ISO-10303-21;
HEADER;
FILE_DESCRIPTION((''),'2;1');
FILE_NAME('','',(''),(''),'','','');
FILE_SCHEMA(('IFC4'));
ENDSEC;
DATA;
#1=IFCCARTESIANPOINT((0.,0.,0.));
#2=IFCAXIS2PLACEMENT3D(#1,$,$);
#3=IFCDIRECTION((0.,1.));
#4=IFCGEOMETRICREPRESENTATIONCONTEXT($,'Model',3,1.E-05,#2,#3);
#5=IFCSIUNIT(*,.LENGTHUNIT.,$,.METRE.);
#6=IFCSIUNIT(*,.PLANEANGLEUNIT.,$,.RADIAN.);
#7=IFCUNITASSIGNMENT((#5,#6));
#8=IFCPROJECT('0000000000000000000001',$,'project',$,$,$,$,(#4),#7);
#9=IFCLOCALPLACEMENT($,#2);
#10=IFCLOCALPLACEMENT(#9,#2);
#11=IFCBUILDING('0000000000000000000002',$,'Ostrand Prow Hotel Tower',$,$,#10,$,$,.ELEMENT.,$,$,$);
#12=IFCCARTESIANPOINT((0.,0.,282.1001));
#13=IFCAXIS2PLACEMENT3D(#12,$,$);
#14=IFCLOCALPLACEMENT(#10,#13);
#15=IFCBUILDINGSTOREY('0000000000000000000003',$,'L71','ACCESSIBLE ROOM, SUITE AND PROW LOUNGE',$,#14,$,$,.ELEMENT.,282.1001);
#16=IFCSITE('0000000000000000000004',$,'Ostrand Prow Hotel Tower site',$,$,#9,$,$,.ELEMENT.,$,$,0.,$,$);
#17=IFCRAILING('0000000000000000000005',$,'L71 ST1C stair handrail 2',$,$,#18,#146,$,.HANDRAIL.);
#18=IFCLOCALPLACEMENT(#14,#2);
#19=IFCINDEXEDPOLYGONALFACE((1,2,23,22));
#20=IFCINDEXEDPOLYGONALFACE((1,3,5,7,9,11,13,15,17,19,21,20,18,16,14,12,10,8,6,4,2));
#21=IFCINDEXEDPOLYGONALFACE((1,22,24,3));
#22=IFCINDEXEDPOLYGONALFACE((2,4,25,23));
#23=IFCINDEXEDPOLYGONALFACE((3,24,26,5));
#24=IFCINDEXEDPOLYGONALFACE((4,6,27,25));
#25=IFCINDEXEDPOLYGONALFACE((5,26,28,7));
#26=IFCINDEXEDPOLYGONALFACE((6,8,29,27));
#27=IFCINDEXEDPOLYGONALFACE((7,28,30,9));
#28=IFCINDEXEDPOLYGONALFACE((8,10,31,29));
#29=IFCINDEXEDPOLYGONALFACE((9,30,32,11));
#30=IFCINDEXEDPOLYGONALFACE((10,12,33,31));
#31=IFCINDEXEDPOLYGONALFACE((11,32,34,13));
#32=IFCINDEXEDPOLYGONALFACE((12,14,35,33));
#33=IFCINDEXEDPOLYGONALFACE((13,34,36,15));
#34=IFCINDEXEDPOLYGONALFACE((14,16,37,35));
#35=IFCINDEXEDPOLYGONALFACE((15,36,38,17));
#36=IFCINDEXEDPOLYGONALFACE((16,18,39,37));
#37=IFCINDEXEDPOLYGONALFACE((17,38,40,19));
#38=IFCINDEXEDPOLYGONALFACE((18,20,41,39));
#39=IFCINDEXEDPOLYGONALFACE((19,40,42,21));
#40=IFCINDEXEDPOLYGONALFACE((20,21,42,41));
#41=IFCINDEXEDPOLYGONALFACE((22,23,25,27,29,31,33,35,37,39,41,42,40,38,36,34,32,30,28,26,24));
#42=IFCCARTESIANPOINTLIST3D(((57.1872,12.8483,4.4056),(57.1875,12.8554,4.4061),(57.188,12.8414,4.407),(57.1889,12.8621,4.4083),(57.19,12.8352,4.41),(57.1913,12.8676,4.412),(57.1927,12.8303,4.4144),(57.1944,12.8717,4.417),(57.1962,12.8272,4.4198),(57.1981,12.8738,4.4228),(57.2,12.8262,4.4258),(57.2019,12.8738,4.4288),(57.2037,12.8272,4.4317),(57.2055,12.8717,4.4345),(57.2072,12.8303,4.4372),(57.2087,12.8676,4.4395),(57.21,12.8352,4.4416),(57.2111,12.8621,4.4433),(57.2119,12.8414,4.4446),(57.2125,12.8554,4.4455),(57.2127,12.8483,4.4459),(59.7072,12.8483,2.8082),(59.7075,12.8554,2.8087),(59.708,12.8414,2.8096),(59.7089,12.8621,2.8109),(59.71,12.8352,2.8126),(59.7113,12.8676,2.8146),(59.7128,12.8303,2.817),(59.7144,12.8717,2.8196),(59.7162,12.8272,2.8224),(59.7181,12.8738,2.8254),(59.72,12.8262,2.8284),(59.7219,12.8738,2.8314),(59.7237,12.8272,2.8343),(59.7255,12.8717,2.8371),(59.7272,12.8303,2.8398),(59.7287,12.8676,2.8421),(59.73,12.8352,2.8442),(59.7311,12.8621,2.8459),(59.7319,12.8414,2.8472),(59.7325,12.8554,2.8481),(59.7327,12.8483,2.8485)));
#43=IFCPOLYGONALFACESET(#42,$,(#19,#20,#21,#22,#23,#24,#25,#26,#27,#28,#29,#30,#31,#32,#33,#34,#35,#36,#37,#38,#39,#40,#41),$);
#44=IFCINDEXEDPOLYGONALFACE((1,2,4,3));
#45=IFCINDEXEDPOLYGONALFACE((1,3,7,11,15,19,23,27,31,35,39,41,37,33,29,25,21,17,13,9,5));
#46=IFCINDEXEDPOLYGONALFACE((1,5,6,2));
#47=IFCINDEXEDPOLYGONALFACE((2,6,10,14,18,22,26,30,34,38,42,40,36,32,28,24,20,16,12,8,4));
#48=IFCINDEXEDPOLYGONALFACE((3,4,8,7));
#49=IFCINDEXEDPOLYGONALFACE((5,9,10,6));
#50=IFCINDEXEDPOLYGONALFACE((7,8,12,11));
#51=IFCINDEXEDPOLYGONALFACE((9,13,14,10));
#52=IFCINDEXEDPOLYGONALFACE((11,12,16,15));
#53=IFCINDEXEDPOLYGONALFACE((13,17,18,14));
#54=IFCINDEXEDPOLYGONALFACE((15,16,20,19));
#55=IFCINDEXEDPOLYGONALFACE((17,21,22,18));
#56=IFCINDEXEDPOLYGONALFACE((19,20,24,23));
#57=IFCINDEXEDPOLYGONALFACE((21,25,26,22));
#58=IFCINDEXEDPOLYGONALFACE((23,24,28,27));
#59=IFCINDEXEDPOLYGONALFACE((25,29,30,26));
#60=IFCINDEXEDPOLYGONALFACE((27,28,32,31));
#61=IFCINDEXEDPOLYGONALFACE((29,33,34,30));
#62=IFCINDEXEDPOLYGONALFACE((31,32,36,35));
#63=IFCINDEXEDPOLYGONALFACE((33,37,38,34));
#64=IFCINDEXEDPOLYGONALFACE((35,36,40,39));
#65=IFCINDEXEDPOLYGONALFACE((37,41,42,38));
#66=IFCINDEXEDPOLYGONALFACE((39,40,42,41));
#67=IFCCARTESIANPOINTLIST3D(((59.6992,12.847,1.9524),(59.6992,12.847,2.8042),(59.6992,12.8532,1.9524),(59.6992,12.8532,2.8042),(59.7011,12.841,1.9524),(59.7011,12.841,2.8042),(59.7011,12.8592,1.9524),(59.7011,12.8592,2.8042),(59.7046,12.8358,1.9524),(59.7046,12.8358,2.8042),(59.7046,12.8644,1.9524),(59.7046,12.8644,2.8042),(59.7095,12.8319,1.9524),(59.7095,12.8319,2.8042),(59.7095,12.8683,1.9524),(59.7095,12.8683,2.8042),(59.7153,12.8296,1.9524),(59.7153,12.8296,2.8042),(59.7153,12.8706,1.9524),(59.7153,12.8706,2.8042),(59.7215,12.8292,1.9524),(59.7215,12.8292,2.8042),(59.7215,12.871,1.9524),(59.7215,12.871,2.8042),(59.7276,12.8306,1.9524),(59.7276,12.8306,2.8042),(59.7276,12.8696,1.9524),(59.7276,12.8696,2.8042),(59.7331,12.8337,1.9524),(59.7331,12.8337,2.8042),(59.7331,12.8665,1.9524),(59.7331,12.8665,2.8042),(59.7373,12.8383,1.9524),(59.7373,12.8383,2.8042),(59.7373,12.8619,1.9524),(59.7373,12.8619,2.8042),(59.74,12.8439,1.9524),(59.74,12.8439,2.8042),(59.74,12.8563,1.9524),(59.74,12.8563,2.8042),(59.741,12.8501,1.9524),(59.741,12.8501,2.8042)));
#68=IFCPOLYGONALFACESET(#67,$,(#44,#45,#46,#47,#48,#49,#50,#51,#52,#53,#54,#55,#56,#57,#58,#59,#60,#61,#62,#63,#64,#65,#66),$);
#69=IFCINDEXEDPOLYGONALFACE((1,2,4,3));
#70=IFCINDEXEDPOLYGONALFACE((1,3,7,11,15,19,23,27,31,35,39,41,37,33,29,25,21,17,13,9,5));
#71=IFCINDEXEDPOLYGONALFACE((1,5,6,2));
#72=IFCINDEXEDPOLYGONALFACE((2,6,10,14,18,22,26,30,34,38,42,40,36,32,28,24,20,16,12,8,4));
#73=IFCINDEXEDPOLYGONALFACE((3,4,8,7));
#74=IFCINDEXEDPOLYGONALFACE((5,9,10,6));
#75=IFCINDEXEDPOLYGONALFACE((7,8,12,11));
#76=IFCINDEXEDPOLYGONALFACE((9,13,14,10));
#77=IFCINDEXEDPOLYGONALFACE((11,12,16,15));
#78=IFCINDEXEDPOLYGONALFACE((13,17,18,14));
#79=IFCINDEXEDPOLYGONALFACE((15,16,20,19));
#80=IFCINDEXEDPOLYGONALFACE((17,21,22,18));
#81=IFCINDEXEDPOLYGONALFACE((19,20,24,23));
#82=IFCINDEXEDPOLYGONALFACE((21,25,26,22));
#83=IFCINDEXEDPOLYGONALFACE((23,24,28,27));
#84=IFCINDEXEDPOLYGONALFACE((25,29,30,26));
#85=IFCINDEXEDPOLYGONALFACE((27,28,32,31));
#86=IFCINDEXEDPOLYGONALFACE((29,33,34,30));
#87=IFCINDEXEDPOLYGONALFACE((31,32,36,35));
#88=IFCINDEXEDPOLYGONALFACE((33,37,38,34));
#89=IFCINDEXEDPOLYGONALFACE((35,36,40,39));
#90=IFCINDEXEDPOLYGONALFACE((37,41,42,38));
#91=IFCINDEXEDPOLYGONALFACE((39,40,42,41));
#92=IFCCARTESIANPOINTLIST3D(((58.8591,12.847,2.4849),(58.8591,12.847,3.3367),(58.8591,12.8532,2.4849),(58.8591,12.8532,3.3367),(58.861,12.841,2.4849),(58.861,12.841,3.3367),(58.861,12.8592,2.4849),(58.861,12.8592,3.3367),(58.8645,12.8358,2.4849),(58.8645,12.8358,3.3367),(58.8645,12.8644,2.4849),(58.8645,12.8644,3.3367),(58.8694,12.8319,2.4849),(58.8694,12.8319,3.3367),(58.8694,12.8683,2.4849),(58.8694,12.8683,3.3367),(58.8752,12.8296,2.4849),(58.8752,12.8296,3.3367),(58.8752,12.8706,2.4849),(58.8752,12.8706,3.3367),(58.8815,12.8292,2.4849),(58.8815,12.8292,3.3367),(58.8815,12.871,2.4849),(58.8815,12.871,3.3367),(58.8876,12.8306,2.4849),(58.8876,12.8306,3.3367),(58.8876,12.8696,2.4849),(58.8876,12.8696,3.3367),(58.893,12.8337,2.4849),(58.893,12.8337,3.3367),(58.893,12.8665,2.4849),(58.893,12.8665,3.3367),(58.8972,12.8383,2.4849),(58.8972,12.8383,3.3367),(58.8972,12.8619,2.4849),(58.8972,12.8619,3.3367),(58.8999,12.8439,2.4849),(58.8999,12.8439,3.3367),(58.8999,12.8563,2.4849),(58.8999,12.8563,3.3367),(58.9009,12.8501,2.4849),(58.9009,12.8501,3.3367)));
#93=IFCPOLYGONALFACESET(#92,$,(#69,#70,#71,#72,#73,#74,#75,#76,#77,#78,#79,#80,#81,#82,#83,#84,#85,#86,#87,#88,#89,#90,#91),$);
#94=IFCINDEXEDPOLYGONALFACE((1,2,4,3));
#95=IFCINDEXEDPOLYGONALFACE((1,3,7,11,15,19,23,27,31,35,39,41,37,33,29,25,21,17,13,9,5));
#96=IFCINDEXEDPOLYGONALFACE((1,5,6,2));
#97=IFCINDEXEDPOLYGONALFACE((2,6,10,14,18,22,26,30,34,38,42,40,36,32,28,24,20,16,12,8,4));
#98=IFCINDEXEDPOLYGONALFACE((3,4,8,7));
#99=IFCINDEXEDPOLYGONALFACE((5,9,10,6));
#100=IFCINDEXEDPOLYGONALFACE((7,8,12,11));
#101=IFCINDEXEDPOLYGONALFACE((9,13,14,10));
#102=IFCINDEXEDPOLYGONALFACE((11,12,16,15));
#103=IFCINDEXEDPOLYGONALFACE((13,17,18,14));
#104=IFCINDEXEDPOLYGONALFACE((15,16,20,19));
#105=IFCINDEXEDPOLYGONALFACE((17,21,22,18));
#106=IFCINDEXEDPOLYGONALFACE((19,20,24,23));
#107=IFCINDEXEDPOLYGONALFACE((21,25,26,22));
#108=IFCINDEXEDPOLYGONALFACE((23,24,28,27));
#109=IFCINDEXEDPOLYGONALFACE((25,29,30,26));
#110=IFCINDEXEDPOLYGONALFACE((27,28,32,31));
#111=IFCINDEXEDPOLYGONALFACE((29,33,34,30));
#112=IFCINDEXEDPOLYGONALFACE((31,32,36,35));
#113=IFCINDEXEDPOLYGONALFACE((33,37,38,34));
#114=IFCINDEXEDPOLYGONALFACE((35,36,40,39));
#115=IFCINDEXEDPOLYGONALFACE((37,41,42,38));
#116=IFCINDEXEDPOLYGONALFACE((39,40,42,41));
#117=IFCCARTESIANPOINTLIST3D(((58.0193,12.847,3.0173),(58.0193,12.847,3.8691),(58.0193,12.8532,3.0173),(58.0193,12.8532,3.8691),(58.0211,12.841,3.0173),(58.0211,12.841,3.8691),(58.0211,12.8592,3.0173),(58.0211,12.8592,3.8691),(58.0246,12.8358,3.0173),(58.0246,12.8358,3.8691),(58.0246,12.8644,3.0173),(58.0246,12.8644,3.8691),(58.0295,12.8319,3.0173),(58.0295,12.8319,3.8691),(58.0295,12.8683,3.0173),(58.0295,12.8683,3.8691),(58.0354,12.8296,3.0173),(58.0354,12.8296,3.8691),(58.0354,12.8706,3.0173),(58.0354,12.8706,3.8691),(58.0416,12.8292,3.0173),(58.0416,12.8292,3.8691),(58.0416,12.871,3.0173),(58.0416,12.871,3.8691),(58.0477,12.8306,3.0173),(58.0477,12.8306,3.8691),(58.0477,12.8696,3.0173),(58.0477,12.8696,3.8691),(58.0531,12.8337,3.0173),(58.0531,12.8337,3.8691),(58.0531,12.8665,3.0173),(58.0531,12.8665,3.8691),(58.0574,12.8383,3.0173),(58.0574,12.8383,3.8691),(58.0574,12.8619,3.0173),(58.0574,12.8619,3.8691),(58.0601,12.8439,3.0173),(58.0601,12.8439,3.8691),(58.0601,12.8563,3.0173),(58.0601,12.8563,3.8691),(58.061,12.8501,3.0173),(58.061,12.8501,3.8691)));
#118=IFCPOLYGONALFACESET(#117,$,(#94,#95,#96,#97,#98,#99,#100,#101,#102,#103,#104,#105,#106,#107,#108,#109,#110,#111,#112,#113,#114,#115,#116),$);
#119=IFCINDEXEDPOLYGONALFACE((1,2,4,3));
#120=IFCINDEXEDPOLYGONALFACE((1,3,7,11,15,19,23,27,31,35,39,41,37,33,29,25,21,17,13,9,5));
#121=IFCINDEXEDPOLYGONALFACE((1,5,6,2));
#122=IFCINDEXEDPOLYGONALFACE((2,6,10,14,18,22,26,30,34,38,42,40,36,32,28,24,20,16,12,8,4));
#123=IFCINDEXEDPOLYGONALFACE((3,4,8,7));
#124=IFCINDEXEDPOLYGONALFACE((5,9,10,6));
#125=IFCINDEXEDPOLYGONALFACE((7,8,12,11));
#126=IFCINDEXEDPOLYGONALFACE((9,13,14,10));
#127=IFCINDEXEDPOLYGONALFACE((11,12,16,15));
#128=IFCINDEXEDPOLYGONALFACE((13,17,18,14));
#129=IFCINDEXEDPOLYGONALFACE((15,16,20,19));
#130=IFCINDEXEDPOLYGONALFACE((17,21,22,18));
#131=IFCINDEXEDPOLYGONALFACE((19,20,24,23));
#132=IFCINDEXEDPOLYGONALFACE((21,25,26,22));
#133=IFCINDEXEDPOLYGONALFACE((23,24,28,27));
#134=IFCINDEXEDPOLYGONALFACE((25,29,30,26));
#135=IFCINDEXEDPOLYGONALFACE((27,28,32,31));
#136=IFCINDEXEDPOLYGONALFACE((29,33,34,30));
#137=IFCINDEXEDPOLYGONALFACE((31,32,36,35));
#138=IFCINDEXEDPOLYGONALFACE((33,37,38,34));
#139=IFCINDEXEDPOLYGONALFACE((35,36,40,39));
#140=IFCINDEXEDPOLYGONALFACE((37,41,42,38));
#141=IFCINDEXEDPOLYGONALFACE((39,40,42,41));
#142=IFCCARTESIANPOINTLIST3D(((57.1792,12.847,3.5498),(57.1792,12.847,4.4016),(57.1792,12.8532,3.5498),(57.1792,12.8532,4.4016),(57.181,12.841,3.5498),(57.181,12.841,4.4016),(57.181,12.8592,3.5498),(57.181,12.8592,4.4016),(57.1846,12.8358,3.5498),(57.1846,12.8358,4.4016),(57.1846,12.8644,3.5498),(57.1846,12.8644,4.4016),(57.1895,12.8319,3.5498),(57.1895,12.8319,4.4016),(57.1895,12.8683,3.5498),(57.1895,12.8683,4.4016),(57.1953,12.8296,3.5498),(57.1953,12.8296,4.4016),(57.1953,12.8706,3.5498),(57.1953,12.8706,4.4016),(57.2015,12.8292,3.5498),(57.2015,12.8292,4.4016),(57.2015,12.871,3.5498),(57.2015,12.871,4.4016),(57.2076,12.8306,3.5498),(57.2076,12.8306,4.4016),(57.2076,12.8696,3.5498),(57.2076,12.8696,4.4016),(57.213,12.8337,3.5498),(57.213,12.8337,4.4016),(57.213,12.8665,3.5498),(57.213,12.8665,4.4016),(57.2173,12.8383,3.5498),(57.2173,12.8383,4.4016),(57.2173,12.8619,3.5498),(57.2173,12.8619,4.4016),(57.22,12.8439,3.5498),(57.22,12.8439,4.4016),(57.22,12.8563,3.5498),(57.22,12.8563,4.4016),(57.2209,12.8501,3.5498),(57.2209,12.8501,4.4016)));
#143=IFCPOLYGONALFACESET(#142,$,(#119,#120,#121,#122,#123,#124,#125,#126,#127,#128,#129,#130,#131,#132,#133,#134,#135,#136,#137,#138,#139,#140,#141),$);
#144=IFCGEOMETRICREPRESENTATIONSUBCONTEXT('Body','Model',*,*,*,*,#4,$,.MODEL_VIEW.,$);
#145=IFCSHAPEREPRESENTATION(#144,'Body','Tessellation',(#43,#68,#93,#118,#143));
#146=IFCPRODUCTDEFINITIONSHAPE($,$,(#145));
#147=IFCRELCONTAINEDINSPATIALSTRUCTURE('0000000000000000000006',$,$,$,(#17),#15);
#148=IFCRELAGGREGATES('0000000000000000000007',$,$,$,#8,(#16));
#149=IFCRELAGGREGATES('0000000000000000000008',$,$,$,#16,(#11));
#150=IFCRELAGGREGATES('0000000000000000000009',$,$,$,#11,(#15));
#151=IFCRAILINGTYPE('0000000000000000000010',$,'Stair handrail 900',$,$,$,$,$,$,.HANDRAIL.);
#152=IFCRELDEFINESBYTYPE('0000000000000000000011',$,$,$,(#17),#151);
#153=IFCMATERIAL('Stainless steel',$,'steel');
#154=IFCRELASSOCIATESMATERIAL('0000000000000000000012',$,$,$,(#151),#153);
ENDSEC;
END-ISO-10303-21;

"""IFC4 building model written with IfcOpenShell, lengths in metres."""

from ifc_helpers import new_model, si_unit, direction, frame, origin, origin_2d, place, context, subcontext, project, spatial, circle, extrude, material, type_object, element, save


model = new_model("IFC4")

# Units and contexts
model_context = context("Model", 3, precision=1e-05, world=origin(), true_north=direction((0.0, 1.0)))
body_context = subcontext(model_context, "Body", "Model", "MODEL_VIEW")
ifc_project = project(units=[si_unit("LENGTHUNIT", "METRE"), si_unit("PLANEANGLEUNIT", "RADIAN")], contexts=[model_context])

# Site, building, storey
site_placement = place(None, origin())
site = spatial("IfcSite", under=ifc_project, at=site_placement, Name="Ostrand Prow Hotel Tower site", CompositionType="ELEMENT", RefElevation=0.0)
building_placement = place(site_placement, origin())
building = spatial("IfcBuilding", under=site, at=building_placement, Name="Ostrand Prow Hotel Tower", CompositionType="ELEMENT")
storey_placement = place(building_placement, frame((0.0, 0.0, 282.1001)))
storey = spatial("IfcBuildingStorey", under=building, at=storey_placement, Name="L71", Description="ACCESSIBLE ROOM, SUITE AND PROW LOUNGE", CompositionType="ELEMENT", Elevation=282.1001)

# Railing
ifc_material_1 = material(Name="Stainless steel", Category="steel")
railing_type_1 = type_object("IfcRailingType", Name="Stair handrail 900", PredefinedType="HANDRAIL", material=ifc_material_1)
railing_1_placement = place(storey_placement, frame((59.72, 12.8501, 1.9524)))
element("IfcRailing", 1, at=railing_1_placement, inside=storey, type_object=railing_type_1, Name="L71 ST1C stair handrail 2", PredefinedType="HANDRAIL", context=body_context, shape_type="SweptSolid", body=[
    extrude(circle(Radius=0.0239, at=origin_2d()), frame((0.0, 0.0, 0.876), z_axis=(-0.844607, 0.0, 0.535387), x_axis=(0.0, -1.0, 0.0)), (0.0, 0.0, 1.0), 2.9836),
    extrude(circle(Radius=0.021, at=origin_2d()), origin(), (0.0, 0.0, 1.0), 0.8518),
    extrude(circle(Radius=0.021, at=origin_2d()), frame((-0.8401, 0.0, 0.5325)), (0.0, 0.0, 1.0), 0.8518),
    extrude(circle(Radius=0.021, at=origin_2d()), frame((-1.6799, 0.0, 1.0649)), (0.0, 0.0, 1.0), 0.8518),
    extrude(circle(Radius=0.021, at=origin_2d()), frame((-2.52, 0.0, 1.5974)), (0.0, 0.0, 1.0), 0.8518),
])

save(model, "model.ifc")
